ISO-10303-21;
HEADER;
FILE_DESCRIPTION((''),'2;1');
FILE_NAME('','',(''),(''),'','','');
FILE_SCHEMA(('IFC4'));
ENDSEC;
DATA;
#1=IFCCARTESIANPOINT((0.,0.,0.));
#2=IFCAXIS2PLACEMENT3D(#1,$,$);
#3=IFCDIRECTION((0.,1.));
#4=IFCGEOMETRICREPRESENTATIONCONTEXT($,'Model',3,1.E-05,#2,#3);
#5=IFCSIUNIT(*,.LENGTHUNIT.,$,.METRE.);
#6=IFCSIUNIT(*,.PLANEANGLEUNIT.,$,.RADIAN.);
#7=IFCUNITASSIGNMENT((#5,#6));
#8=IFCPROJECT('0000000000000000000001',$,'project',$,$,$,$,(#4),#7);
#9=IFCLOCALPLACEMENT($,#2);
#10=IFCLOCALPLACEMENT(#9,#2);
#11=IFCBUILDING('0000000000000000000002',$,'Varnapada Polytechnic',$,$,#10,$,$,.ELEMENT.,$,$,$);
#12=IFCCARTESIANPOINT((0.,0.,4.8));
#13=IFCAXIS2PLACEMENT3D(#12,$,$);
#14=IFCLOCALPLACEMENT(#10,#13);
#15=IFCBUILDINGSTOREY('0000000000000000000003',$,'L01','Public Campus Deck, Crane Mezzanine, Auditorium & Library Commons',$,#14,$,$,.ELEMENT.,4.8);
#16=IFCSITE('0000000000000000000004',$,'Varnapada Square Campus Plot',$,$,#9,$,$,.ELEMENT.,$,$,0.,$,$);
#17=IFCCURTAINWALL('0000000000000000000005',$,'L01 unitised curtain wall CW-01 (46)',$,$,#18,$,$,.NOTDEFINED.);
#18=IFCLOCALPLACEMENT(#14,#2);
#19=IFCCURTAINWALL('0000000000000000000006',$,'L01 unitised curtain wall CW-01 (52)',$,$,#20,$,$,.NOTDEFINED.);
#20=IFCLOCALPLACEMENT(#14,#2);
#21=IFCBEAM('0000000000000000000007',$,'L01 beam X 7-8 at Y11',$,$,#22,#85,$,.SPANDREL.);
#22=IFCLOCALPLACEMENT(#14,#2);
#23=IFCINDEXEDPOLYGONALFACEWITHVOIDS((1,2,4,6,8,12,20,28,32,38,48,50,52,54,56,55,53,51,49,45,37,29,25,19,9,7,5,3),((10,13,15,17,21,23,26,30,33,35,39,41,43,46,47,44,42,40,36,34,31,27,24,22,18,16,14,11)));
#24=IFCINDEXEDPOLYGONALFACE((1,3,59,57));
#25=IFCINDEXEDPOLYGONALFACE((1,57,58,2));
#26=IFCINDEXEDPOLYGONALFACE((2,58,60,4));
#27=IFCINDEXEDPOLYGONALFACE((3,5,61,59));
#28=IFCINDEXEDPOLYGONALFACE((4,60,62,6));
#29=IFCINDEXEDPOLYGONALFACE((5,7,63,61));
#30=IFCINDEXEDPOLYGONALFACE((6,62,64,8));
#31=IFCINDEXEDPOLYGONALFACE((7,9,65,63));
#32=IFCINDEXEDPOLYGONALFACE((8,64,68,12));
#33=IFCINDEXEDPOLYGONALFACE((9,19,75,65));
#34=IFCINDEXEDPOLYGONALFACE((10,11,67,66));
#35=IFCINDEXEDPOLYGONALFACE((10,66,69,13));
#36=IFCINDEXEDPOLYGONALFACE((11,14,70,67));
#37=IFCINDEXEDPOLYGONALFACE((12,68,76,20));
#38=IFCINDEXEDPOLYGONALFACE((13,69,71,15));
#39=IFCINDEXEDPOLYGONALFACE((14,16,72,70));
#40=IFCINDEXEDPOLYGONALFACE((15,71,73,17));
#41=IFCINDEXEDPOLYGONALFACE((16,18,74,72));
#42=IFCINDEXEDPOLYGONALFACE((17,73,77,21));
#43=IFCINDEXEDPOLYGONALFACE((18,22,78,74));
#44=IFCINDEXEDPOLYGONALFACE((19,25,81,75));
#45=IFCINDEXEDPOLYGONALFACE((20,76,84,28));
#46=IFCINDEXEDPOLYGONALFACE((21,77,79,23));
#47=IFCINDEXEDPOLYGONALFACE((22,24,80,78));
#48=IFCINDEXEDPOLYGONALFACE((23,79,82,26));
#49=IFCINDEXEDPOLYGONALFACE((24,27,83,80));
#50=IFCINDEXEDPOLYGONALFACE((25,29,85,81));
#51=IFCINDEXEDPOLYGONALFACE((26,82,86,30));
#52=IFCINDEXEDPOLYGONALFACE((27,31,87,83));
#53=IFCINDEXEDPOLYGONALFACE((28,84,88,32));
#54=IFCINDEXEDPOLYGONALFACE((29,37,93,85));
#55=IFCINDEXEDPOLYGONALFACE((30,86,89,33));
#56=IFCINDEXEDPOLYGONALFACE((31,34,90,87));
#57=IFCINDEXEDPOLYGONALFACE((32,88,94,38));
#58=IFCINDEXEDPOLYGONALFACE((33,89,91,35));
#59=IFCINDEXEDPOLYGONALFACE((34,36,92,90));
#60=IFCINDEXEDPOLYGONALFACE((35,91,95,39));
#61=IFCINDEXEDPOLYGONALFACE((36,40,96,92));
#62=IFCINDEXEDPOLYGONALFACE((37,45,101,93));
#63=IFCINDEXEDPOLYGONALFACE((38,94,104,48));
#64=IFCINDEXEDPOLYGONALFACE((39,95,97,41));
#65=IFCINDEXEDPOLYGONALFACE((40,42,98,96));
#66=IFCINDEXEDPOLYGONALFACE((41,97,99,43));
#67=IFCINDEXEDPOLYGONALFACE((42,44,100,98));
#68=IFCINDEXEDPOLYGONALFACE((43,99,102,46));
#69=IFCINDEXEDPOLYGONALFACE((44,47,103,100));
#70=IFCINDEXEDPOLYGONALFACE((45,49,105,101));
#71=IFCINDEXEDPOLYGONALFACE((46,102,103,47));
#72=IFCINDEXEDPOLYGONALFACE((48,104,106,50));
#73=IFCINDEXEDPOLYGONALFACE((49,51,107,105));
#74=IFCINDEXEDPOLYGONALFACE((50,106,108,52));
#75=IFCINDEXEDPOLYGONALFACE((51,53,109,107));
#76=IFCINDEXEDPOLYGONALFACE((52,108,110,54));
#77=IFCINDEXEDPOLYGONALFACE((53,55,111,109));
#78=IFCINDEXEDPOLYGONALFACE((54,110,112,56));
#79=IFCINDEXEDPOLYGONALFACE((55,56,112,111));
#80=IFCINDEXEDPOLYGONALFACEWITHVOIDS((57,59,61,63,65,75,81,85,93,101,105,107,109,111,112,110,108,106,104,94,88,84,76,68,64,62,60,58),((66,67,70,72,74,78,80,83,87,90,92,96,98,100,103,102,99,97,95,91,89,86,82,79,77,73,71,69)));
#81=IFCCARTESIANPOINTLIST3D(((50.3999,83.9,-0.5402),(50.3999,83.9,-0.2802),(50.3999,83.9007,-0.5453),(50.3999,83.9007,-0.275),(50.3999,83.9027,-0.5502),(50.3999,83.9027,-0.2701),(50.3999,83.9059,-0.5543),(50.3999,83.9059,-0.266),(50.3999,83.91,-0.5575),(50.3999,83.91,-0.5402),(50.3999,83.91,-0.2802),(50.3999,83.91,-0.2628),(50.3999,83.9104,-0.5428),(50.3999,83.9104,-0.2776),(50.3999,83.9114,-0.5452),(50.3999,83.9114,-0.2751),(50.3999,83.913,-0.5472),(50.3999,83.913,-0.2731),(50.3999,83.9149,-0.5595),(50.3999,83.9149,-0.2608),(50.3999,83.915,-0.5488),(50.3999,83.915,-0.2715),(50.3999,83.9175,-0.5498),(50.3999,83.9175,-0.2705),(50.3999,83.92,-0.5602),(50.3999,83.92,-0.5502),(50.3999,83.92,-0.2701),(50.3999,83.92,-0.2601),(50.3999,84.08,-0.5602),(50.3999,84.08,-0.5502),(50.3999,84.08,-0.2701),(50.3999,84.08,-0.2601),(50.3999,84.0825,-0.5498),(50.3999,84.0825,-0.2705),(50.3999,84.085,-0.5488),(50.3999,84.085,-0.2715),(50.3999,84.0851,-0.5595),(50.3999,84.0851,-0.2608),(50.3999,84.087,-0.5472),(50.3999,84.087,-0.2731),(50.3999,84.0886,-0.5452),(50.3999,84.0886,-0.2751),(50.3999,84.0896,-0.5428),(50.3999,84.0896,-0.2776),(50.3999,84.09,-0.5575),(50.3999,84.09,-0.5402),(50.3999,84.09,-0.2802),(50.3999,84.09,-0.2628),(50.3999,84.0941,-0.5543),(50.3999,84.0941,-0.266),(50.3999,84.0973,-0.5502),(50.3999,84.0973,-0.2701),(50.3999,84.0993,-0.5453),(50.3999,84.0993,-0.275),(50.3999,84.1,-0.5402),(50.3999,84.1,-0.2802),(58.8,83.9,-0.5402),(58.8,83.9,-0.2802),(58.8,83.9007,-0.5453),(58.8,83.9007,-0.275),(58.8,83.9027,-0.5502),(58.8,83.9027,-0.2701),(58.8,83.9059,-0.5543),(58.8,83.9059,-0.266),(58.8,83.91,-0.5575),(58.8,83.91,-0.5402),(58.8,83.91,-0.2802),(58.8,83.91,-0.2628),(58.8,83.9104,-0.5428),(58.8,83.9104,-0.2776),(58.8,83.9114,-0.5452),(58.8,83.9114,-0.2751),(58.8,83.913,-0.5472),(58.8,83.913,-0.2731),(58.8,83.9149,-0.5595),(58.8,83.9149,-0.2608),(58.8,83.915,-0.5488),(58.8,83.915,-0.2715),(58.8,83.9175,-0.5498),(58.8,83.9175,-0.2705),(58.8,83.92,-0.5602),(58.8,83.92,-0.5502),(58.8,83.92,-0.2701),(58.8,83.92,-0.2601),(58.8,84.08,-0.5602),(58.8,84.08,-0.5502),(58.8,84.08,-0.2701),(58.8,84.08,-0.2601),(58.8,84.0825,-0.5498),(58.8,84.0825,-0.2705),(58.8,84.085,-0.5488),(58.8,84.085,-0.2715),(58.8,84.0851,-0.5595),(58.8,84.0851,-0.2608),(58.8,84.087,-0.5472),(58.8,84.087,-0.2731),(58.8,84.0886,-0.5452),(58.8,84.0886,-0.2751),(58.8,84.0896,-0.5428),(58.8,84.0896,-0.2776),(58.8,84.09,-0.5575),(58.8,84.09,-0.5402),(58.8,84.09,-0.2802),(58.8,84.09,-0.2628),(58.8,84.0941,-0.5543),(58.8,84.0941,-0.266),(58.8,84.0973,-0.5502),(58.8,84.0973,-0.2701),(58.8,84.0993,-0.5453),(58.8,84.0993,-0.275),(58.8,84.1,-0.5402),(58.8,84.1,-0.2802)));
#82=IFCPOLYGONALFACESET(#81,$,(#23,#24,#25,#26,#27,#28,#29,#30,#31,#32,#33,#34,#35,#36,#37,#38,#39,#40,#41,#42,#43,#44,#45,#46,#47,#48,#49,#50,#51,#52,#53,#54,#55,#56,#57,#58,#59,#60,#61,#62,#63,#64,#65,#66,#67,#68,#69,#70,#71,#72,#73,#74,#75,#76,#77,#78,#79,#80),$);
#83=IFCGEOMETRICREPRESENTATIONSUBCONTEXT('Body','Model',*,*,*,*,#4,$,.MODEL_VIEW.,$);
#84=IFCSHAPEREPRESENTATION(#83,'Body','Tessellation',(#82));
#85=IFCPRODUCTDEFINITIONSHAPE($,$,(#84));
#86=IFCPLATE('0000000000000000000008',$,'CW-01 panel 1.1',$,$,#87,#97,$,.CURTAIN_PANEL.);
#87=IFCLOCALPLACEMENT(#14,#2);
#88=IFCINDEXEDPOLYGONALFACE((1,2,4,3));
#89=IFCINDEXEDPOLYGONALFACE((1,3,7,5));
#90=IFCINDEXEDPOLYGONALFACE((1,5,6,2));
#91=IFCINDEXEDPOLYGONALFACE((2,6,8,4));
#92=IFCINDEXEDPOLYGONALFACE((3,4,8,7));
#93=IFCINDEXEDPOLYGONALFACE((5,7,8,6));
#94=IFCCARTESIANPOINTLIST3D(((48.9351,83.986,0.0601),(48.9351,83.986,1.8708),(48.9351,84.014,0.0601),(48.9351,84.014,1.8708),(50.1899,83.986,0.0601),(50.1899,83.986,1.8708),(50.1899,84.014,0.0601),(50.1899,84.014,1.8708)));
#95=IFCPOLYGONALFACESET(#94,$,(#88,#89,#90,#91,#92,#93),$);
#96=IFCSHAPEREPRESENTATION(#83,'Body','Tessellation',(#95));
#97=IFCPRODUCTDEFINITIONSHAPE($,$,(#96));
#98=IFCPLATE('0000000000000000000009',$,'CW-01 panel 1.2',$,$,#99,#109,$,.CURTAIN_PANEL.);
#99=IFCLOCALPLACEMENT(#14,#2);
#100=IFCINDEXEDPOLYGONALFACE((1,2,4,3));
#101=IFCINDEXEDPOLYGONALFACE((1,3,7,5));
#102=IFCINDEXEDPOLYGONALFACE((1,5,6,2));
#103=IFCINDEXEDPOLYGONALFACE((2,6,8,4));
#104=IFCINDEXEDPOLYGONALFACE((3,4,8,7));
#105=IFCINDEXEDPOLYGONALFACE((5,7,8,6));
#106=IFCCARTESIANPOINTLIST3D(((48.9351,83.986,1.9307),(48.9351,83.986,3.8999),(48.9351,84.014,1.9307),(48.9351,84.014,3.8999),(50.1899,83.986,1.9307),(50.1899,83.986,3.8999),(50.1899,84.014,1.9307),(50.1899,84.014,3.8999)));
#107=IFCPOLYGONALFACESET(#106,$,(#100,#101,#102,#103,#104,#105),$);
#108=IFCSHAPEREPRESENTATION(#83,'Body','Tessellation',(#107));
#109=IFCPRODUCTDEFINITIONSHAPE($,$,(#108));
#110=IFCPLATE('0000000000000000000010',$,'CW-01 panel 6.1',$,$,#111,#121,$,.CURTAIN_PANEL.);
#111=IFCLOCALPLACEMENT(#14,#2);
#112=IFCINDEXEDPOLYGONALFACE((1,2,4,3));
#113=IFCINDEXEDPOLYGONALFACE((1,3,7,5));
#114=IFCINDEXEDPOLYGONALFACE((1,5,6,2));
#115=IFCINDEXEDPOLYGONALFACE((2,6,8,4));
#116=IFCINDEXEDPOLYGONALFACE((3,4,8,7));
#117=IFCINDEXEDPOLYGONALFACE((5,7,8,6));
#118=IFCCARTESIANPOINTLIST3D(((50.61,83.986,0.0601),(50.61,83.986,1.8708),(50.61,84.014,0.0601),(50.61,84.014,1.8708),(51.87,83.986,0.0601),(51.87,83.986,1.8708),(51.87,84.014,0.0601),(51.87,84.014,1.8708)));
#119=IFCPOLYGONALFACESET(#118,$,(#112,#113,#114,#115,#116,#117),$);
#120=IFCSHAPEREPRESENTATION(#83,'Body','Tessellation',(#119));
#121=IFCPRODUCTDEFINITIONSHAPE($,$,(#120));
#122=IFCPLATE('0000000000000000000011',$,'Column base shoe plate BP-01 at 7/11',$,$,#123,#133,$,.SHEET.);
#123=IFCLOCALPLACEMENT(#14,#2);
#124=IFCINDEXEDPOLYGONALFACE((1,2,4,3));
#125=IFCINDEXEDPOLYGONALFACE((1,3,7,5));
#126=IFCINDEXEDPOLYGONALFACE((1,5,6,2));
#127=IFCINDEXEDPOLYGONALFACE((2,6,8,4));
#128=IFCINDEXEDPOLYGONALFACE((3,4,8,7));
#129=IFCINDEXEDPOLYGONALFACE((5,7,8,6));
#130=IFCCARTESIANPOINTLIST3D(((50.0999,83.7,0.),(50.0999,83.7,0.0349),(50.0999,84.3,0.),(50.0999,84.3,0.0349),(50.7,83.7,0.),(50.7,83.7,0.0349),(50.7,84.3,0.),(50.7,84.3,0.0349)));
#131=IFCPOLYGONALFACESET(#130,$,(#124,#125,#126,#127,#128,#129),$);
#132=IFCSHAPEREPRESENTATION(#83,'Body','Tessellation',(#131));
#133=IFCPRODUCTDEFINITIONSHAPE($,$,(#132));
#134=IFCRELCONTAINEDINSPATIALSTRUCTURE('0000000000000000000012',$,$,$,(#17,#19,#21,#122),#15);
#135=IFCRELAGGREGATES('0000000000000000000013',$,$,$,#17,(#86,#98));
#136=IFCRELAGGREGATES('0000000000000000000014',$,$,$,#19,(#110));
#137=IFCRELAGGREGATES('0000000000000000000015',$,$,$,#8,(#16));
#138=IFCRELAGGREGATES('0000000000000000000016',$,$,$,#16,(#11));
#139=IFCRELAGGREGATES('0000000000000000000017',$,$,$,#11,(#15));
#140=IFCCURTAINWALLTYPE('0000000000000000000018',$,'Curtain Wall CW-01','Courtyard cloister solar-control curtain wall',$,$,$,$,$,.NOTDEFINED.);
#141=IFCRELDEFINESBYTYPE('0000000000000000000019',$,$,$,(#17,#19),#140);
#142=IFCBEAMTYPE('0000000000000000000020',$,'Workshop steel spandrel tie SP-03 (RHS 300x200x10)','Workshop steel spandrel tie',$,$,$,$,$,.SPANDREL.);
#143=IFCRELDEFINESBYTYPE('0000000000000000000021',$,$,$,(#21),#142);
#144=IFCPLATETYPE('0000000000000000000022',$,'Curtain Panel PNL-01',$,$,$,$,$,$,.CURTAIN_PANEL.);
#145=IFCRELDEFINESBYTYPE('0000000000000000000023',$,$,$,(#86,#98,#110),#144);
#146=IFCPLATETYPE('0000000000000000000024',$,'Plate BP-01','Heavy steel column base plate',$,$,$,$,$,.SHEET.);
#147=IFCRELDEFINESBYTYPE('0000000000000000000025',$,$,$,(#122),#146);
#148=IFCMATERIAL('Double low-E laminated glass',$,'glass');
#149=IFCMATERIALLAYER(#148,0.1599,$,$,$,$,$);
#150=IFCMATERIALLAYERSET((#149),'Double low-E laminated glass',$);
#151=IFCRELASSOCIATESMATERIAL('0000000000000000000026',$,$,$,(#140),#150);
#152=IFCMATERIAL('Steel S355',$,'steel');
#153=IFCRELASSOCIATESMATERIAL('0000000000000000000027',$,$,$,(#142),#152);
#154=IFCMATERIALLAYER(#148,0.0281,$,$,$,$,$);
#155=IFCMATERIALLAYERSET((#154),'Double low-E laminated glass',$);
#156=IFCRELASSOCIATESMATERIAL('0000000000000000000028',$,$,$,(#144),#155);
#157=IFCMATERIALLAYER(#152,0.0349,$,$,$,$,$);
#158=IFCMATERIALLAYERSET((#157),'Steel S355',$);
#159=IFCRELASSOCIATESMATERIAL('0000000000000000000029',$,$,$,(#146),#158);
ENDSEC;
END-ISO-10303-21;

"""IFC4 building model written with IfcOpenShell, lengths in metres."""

from ifc_helpers import new_model, si_unit, direction, frame, origin, origin_2d, place, context, subcontext, project, spatial, rectangle, hollow_rectangle, extrude, material, layer, layer_set, material_profile, profile_set, type_object, element, aggregate, save


model = new_model("IFC4")

# Units and contexts
model_context = context("Model", 3, precision=1e-05, world=origin(), true_north=direction((0.0, 1.0)))
body_context = subcontext(model_context, "Body", "Model", "MODEL_VIEW")
ifc_project = project(units=[si_unit("LENGTHUNIT", "METRE"), si_unit("PLANEANGLEUNIT", "RADIAN")], contexts=[model_context])

# Site, building, storey
site_placement = place(None, origin())
site = spatial("IfcSite", under=ifc_project, at=site_placement, Name="Varnapada Square Campus Plot", CompositionType="ELEMENT", RefElevation=0.0)
building_placement = place(site_placement, origin())
building = spatial("IfcBuilding", under=site, at=building_placement, Name="Varnapada Polytechnic", CompositionType="ELEMENT")
storey_placement = place(building_placement, frame((0.0, 0.0, 4.8)))
storey = spatial("IfcBuildingStorey", under=building, at=storey_placement, Name="L01", Description="Public Campus Deck, Crane Mezzanine, Auditorium & Library Commons", CompositionType="ELEMENT", Elevation=4.8)

# Shared definitions
ifc_material_1 = material(Name="Steel S355", Category="steel")

# Curtain walls
ifc_material_2 = material(Name="Double low-E laminated glass", Category="glass")
ifc_layer_1 = layer(ifc_material_2, 0.1599)
ifc_layer_set_1 = layer_set([ifc_layer_1], Name="Double low-E laminated glass")
curtain_wall_type = type_object("IfcCurtainWallType", Name="Curtain Wall CW-01", Description="Courtyard cloister solar-control curtain wall", PredefinedType="NOTDEFINED", material=ifc_layer_set_1)
curtain_wall_1_placement = place(storey_placement, origin())
curtain_wall_1 = element("IfcCurtainWall", 1, at=curtain_wall_1_placement, inside=storey, type_object=curtain_wall_type, Name="L01 unitised curtain wall CW-01 (46)", PredefinedType="NOTDEFINED")
curtain_wall_2_placement = place(storey_placement, origin())
curtain_wall_2 = element("IfcCurtainWall", 2, at=curtain_wall_2_placement, inside=storey, type_object=curtain_wall_type, Name="L01 unitised curtain wall CW-01 (52)", PredefinedType="NOTDEFINED")

# Beam
ifc_material_profile_1 = material_profile(ifc_material_1, hollow_rectangle(XDim=0.2, YDim=0.3, WallThickness=0.01, InnerFilletRadius=0.01, OuterFilletRadius=0.02, at=origin_2d()), Name="RHS 300x200x10")
ifc_profile_set_1 = profile_set([ifc_material_profile_1], Name="Steel S355")
beam_type_1 = type_object("IfcBeamType", Name="Workshop steel spandrel tie SP-03 (RHS 300x200x10)", Description="Workshop steel spandrel tie", PredefinedType="SPANDREL", material=ifc_profile_set_1)
beam_1_placement = place(storey_placement, frame((50.3999, 84.0, -0.4102), z_axis=(1.0, 0.0, 0.0), x_axis=(0.0, 1.0, 0.0)))
element("IfcBeam", 3, at=beam_1_placement, inside=storey, type_object=beam_type_1, Name="L01 beam X 7-8 at Y11", PredefinedType="SPANDREL", context=body_context, shape_type="SweptSolid", body=[
    extrude(hollow_rectangle(XDim=0.2, YDim=0.3, WallThickness=0.01, InnerFilletRadius=0.01, OuterFilletRadius=0.02, at=origin_2d()), origin(), (0.0, 0.0, 1.0), 8.4001),
])

# Plates
ifc_layer_2 = layer(ifc_material_2, 0.0281)
ifc_layer_set_2 = layer_set([ifc_layer_2], Name="Double low-E laminated glass")
plate_type_1 = type_object("IfcPlateType", Name="Curtain Panel PNL-01", PredefinedType="CURTAIN_PANEL", material=ifc_layer_set_2)
plate_1_placement = place(storey_placement, frame((49.5625, 84.0, 0.0601), z_axis=(0.0, 0.0, 1.0), x_axis=(-1.0, 0.0, 0.0)))
plate_1 = element("IfcPlate", 4, at=plate_1_placement, type_object=plate_type_1, Name="CW-01 panel 1.1", PredefinedType="CURTAIN_PANEL", context=body_context, shape_type="SweptSolid", body=[
    extrude(rectangle(XDim=1.2549, YDim=0.0281, at=origin_2d()), origin(), (0.0, 0.0, 1.0), 1.8108),
])
plate_2_placement = place(storey_placement, frame((49.5625, 84.0, 1.9307), z_axis=(0.0, 0.0, 1.0), x_axis=(-1.0, 0.0, 0.0)))
plate_2 = element("IfcPlate", 5, at=plate_2_placement, type_object=plate_type_1, Name="CW-01 panel 1.2", PredefinedType="CURTAIN_PANEL", context=body_context, shape_type="SweptSolid", body=[
    extrude(rectangle(XDim=1.2549, YDim=0.0281, at=origin_2d()), origin(), (0.0, 0.0, 1.0), 1.9692),
])
aggregate(curtain_wall_1, [plate_1, plate_2])
plate_3_placement = place(storey_placement, frame((51.24, 84.0, 0.0601), z_axis=(0.0, 0.0, 1.0), x_axis=(-1.0, 0.0, 0.0)))
plate_3 = element("IfcPlate", 6, at=plate_3_placement, type_object=plate_type_1, Name="CW-01 panel 6.1", PredefinedType="CURTAIN_PANEL", context=body_context, shape_type="SweptSolid", body=[
    extrude(rectangle(XDim=1.26, YDim=0.0281, at=origin_2d()), origin(), (0.0, 0.0, 1.0), 1.8108),
])
aggregate(curtain_wall_2, [plate_3])
ifc_layer_3 = layer(ifc_material_1, 0.0349)
ifc_layer_set_3 = layer_set([ifc_layer_3], Name="Steel S355")
plate_type_2 = type_object("IfcPlateType", Name="Plate BP-01", Description="Heavy steel column base plate", PredefinedType="SHEET", material=ifc_layer_set_3)
plate_4_placement = place(storey_placement, frame((50.3999, 84.0, 0.0), z_axis=(0.0, 0.0, 1.0), x_axis=(1.0, 0.0, 0.0)))
element("IfcPlate", 7, at=plate_4_placement, inside=storey, type_object=plate_type_2, Name="Column base shoe plate BP-01 at 7/11", PredefinedType="SHEET", context=body_context, shape_type="SweptSolid", body=[
    extrude(rectangle(XDim=0.6001, YDim=0.6001, at=origin_2d()), origin(), (0.0, 0.0, 1.0), 0.0349),
])

save(model, "model.ifc")
